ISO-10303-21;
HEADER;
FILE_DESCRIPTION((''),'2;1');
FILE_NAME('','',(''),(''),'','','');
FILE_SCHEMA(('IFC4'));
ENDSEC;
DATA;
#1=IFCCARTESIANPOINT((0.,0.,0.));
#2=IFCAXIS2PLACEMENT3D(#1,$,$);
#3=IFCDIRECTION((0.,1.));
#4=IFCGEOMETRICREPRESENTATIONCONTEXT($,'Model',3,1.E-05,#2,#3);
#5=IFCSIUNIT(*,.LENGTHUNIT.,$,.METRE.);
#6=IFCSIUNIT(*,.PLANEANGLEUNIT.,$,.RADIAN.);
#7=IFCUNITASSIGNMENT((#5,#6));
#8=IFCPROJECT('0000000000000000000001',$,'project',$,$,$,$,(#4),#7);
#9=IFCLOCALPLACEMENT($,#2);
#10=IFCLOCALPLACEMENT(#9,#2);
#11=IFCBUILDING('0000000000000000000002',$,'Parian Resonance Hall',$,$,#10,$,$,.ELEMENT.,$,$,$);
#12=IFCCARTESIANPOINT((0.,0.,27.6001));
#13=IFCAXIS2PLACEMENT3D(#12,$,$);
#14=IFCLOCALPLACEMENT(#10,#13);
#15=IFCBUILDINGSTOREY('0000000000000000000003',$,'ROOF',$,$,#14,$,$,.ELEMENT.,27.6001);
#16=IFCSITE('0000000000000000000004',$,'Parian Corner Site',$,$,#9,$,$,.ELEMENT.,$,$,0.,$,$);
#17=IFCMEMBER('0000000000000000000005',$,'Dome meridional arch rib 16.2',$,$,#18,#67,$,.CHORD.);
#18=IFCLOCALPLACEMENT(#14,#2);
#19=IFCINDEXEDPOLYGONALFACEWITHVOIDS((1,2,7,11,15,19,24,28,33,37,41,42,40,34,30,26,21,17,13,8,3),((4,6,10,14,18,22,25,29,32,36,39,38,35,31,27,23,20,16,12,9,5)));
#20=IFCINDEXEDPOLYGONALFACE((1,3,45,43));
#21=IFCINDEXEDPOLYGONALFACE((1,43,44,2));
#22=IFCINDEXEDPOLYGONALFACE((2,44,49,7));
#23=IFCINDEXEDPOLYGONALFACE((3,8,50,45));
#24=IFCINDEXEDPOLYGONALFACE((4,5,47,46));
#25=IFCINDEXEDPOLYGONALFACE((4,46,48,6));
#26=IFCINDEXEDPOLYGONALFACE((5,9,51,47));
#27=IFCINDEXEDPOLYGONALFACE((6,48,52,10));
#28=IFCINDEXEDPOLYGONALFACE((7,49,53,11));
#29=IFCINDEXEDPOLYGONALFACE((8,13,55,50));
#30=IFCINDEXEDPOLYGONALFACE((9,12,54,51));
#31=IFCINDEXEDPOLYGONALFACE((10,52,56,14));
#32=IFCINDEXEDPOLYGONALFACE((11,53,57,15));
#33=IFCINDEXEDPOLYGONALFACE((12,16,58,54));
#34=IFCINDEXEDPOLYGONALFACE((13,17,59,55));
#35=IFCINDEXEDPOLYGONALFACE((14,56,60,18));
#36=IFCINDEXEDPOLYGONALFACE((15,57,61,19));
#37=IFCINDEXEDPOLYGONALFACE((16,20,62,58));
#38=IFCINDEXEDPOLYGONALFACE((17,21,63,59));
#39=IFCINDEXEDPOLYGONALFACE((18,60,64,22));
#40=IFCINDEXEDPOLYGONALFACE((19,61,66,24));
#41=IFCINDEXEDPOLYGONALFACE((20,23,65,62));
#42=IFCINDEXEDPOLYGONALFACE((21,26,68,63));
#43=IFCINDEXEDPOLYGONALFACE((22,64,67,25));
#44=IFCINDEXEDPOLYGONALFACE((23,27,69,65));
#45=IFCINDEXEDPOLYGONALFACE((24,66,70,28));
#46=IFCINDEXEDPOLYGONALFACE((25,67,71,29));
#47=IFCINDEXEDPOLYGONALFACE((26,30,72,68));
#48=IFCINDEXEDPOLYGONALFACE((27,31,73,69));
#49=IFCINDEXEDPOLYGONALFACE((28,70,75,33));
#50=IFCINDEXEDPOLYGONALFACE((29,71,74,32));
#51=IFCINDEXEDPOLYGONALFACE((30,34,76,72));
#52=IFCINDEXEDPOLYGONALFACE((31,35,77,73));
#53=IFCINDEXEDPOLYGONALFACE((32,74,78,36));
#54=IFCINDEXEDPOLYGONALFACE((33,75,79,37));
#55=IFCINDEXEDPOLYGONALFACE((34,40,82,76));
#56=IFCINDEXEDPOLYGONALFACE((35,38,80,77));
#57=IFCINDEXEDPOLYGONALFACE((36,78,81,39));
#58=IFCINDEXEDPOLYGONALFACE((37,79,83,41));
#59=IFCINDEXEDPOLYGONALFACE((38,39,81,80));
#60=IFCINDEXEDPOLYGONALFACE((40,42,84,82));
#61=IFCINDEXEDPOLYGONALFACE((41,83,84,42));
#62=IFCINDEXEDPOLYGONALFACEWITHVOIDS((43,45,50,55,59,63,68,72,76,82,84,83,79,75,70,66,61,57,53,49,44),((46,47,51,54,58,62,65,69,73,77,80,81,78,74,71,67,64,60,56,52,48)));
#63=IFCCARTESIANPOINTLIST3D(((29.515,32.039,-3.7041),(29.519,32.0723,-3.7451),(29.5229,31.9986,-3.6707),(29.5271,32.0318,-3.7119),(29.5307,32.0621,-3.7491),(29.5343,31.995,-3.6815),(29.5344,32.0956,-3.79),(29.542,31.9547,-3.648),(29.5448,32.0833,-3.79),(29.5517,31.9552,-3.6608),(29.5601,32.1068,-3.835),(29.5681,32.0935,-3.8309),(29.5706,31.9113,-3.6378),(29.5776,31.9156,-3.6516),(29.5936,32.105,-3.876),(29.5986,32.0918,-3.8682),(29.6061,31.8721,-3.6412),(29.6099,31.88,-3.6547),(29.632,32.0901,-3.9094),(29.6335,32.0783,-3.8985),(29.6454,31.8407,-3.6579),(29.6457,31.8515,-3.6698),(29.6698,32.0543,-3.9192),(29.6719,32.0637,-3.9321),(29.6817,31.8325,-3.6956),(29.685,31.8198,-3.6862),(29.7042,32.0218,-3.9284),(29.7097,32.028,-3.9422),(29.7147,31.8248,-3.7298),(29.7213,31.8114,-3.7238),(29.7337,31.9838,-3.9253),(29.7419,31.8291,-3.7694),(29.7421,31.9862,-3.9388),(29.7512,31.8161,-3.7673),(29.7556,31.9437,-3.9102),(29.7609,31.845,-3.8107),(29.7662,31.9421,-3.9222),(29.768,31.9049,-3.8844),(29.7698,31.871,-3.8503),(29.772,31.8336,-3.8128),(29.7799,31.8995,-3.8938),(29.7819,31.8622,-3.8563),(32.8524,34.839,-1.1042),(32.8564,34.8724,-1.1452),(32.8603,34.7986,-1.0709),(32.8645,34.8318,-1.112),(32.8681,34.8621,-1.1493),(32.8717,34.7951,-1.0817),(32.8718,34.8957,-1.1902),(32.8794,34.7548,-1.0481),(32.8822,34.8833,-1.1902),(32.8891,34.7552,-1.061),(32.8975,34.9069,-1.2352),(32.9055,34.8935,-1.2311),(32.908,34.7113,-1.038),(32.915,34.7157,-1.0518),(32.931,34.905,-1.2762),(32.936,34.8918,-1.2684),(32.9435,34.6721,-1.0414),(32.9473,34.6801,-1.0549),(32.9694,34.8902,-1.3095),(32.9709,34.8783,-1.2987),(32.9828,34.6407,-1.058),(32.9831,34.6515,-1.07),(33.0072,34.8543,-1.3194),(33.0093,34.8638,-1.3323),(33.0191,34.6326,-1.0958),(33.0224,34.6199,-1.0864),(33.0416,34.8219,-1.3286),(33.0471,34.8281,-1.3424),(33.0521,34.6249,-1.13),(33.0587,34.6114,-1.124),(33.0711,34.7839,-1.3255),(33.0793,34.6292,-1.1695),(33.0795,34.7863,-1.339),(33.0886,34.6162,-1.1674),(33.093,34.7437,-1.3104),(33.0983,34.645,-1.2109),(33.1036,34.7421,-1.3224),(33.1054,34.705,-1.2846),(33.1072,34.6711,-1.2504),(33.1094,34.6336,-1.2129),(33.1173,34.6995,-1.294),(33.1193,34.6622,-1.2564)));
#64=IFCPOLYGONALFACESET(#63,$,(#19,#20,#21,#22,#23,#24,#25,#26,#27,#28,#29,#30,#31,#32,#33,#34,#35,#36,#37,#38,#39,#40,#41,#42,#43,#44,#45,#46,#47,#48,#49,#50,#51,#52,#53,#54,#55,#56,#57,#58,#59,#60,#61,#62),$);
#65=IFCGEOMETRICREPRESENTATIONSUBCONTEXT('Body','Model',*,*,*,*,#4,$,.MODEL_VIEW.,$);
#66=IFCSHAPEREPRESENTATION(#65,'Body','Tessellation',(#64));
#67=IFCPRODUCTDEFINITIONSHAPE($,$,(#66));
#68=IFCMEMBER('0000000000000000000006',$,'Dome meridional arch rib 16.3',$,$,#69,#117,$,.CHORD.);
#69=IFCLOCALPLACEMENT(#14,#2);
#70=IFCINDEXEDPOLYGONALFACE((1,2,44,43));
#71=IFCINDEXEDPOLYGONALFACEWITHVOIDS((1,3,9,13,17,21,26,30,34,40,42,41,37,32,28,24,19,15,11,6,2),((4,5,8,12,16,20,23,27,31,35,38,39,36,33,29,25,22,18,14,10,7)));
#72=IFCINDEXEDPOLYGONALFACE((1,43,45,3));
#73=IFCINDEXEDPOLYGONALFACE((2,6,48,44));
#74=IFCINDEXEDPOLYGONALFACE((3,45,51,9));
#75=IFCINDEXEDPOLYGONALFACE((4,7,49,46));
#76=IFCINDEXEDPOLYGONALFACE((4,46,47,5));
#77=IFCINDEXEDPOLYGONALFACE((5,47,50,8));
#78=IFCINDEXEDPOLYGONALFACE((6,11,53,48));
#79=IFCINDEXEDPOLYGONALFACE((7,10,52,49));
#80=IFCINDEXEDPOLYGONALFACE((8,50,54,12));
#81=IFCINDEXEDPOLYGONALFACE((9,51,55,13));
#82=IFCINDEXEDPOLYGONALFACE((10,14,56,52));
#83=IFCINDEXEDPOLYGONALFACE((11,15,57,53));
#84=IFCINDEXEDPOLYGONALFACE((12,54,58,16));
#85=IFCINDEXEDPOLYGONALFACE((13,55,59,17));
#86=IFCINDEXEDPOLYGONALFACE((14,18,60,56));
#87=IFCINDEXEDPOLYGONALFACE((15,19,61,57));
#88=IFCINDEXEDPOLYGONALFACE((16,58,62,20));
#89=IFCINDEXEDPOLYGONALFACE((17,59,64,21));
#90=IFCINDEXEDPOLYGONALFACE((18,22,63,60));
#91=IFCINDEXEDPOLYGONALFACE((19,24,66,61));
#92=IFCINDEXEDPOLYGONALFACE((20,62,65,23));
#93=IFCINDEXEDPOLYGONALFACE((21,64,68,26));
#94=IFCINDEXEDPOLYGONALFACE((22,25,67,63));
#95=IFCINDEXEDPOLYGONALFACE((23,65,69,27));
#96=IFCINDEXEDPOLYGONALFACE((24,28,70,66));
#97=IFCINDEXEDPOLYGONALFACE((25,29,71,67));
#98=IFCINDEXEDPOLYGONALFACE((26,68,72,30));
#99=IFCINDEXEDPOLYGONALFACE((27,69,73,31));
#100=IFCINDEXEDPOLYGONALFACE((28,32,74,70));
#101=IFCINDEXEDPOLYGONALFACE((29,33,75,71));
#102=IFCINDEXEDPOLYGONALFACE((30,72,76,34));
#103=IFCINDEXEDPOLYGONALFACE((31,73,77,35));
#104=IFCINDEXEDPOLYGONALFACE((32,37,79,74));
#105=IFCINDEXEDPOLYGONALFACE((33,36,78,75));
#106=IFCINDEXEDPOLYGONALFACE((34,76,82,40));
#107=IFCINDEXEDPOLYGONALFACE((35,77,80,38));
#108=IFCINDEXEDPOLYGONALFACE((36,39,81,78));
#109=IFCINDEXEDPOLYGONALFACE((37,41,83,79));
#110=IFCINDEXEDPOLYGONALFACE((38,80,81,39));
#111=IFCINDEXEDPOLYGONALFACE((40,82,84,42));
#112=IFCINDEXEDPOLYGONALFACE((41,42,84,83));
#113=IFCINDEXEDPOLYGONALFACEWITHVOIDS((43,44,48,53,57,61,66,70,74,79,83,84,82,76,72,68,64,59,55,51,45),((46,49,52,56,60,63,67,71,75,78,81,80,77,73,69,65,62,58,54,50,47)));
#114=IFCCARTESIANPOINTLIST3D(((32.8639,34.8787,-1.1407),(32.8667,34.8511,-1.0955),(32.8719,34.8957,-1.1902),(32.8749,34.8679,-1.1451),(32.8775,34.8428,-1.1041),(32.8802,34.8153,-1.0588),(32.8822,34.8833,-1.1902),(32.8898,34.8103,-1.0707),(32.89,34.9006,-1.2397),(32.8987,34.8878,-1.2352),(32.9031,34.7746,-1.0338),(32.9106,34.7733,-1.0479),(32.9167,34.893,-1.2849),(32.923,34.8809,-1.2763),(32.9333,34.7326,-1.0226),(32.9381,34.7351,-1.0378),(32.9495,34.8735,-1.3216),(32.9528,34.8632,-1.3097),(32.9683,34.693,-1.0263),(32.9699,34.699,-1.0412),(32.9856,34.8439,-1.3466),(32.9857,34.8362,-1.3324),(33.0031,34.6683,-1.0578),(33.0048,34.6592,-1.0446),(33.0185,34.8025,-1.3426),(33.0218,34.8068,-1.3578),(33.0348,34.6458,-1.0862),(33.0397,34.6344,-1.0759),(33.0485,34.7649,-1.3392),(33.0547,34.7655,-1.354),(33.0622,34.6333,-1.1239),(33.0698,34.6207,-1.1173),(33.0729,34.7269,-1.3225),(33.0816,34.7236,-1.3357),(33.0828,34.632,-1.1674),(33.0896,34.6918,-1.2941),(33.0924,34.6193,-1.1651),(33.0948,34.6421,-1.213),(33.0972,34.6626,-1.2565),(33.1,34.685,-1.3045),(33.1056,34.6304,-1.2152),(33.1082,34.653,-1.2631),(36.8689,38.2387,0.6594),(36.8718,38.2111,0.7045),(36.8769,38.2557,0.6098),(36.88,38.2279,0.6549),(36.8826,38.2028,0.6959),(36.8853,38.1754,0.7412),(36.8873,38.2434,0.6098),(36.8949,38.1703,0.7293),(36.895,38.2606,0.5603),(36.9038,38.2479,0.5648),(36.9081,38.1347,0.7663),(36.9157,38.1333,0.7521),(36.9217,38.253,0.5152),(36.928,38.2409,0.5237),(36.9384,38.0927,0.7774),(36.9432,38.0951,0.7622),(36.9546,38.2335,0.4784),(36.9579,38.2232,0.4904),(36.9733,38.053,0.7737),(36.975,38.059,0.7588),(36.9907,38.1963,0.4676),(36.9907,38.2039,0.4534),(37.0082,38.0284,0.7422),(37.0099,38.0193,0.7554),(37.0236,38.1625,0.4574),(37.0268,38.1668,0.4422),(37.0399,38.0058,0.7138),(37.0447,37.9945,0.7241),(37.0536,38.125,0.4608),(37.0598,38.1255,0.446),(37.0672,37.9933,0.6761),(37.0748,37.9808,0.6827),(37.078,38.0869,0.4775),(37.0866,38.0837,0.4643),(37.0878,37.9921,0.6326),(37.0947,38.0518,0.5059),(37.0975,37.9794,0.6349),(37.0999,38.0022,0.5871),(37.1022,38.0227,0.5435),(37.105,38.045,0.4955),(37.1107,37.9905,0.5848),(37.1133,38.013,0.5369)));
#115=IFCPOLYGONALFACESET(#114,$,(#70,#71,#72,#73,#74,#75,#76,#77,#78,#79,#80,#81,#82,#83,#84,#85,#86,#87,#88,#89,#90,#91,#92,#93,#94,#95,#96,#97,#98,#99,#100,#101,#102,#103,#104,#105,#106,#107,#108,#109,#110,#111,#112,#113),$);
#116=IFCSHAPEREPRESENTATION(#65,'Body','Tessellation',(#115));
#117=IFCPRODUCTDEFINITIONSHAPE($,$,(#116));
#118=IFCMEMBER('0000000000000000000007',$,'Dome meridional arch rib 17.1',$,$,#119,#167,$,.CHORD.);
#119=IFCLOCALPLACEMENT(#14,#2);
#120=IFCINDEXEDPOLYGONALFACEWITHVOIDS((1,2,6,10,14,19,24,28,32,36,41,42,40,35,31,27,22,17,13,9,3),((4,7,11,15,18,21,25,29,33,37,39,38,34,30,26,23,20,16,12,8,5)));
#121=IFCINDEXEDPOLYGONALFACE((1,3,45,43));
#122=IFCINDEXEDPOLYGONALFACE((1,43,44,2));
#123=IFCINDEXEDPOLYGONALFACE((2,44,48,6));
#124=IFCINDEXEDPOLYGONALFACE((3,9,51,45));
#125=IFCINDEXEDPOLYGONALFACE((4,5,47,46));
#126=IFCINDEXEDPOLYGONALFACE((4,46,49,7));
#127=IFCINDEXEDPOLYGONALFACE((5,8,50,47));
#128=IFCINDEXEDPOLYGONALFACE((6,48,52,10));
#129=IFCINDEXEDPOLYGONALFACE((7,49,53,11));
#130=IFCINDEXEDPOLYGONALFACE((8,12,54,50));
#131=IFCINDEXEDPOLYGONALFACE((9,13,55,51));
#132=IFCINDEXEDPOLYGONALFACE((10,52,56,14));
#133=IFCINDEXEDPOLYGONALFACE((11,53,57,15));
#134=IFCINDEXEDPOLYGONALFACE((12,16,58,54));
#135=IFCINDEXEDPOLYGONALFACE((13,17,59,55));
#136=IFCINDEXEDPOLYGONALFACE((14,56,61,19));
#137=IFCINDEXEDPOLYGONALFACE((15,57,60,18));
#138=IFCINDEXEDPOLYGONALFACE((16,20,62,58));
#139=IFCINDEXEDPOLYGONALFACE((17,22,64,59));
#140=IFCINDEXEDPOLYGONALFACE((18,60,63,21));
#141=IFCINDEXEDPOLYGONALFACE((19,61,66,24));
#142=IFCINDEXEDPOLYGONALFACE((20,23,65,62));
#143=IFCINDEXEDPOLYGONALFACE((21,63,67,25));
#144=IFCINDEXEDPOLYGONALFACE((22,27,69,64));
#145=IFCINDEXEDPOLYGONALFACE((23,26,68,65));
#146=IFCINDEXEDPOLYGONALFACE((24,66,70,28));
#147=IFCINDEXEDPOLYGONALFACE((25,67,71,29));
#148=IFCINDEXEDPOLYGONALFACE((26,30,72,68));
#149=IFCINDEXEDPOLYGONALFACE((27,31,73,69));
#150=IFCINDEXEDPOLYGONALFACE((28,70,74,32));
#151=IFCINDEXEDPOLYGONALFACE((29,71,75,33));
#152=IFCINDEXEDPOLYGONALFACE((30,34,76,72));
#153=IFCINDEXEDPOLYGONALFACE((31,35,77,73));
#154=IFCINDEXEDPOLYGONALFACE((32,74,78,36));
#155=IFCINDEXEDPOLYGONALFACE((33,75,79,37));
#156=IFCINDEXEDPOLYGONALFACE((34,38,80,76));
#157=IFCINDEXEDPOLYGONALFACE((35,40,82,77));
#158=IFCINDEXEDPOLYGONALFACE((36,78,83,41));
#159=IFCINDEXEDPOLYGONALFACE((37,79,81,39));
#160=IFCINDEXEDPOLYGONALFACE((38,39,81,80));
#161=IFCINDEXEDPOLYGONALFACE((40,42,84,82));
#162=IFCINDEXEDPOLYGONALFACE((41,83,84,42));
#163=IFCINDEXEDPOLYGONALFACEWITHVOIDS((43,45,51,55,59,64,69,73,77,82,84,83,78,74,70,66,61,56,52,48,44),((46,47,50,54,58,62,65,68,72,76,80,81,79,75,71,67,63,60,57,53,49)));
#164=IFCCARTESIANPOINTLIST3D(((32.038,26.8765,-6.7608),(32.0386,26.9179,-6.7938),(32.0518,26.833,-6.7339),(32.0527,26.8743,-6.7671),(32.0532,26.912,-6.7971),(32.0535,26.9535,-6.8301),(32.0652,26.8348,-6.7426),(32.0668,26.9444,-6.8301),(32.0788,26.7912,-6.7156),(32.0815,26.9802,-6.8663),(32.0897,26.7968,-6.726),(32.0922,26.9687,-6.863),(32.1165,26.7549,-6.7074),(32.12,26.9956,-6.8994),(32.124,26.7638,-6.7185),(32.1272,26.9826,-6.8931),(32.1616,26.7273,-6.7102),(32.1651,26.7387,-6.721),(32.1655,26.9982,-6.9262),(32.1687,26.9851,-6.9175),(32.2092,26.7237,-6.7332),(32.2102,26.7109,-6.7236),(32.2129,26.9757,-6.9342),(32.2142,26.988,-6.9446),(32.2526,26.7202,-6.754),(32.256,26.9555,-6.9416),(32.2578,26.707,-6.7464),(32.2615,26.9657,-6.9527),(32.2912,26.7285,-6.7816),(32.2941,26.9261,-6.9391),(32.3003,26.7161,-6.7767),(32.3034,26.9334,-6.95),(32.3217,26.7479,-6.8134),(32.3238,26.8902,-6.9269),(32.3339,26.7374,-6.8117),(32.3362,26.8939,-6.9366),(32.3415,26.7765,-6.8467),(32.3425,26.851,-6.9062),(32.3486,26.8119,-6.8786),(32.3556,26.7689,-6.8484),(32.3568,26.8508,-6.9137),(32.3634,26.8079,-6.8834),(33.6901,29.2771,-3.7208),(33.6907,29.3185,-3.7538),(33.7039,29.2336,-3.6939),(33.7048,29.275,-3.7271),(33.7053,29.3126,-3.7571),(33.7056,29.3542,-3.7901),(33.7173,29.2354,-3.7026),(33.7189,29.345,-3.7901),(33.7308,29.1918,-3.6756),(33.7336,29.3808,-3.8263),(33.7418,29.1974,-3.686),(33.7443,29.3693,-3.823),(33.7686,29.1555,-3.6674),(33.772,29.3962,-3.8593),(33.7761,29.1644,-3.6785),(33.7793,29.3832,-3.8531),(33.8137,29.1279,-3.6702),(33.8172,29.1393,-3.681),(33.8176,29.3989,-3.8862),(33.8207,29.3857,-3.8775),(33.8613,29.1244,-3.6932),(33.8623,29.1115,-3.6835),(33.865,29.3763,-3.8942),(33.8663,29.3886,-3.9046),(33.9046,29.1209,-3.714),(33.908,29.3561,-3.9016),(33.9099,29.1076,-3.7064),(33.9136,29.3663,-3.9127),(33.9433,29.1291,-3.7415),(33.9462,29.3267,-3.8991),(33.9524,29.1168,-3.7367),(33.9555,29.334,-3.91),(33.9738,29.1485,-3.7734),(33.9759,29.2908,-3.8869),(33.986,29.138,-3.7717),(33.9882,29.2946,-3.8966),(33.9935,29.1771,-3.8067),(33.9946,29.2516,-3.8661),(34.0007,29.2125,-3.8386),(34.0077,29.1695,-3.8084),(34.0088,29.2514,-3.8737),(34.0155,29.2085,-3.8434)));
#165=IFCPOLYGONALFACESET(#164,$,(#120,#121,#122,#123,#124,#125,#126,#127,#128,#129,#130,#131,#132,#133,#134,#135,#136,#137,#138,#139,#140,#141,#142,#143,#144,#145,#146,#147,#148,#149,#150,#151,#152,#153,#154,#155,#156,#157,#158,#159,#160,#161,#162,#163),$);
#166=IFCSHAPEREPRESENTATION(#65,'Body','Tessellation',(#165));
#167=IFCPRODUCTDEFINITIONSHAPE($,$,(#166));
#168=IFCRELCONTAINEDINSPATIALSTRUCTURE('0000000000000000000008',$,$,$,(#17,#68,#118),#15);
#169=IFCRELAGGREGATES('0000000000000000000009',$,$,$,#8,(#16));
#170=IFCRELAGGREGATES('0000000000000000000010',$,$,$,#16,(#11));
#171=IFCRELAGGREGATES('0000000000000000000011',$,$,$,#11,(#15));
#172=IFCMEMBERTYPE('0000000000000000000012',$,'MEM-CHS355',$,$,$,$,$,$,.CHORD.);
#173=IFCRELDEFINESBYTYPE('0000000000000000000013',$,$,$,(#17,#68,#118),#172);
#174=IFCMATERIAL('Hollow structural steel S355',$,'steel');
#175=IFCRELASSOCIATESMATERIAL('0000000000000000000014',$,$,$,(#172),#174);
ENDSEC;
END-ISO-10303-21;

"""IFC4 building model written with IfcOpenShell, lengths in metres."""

from ifc_helpers import new_model, si_unit, direction, frame, origin, origin_2d, place, context, subcontext, project, spatial, hollow_circle, extrude, material, material_profile, profile_set, type_object, element, save


model = new_model("IFC4")

# Units and contexts
model_context = context("Model", 3, precision=1e-05, world=origin(), true_north=direction((0.0, 1.0)))
body_context = subcontext(model_context, "Body", "Model", "MODEL_VIEW")
ifc_project = project(units=[si_unit("LENGTHUNIT", "METRE"), si_unit("PLANEANGLEUNIT", "RADIAN")], contexts=[model_context])

# Site, building, storey
site_placement = place(None, origin())
site = spatial("IfcSite", under=ifc_project, at=site_placement, Name="Parian Corner Site", CompositionType="ELEMENT", RefElevation=0.0)
building_placement = place(site_placement, origin())
building = spatial("IfcBuilding", under=site, at=building_placement, Name="Parian Resonance Hall", CompositionType="ELEMENT")
storey_placement = place(building_placement, frame((0.0, 0.0, 27.6001)))
storey = spatial("IfcBuildingStorey", under=building, at=storey_placement, Name="ROOF", CompositionType="ELEMENT", Elevation=27.6001)

# Members
ifc_material_1 = material(Name="Hollow structural steel S355", Category="steel")
ifc_material_profile_1 = material_profile(ifc_material_1, hollow_circle(Radius=0.1777, WallThickness=0.0161, at=origin_2d()), Name="CHS355.6x16")
ifc_profile_set_1 = profile_set([ifc_material_profile_1], Name="Hollow structural steel S355")
member_type_1 = type_object("IfcMemberType", Name="MEM-CHS355", PredefinedType="CHORD", material=ifc_profile_set_1)
member_1_placement = place(storey_placement, frame((29.6487, 31.9595, -3.79), z_axis=(0.657844, 0.551925, 0.512464), x_axis=(-0.642739, 0.766086, 0.0)))
element("IfcMember", 1, at=member_1_placement, inside=storey, type_object=member_type_1, Name="Dome meridional arch rib 16.2", PredefinedType="CHORD", context=body_context, shape_type="SweptSolid", body=[
    extrude(hollow_circle(Radius=0.1777, WallThickness=0.0161, at=origin_2d()), origin(), (0.0, 0.0, 1.0), 5.0732),
])
member_2_placement = place(storey_placement, frame((32.9861, 34.7595, -1.1902), z_axis=(0.724365, 0.607707, 0.325556), x_axis=(-0.642721, 0.7661, 0.0)))
element("IfcMember", 2, at=member_2_placement, inside=storey, type_object=member_type_1, Name="Dome meridional arch rib 16.3", PredefinedType="CHORD", context=body_context, shape_type="SweptSolid", body=[
    extrude(hollow_circle(Radius=0.1777, WallThickness=0.0161, at=origin_2d()), origin(), (0.0, 0.0, 1.0), 5.5291),
])
member_3_placement = place(storey_placement, frame((32.2, 26.8528, -6.8301), z_axis=(0.39231, 0.570058, 0.721891), x_axis=(-0.823775, 0.566916, 0.0)))
element("IfcMember", 3, at=member_3_placement, inside=storey, type_object=member_type_1, Name="Dome meridional arch rib 17.1", PredefinedType="CHORD", context=body_context, shape_type="SweptSolid", body=[
    extrude(hollow_circle(Radius=0.1777, WallThickness=0.0161, at=origin_2d()), origin(), (0.0, 0.0, 1.0), 4.2112),
])

save(model, "model.ifc")
